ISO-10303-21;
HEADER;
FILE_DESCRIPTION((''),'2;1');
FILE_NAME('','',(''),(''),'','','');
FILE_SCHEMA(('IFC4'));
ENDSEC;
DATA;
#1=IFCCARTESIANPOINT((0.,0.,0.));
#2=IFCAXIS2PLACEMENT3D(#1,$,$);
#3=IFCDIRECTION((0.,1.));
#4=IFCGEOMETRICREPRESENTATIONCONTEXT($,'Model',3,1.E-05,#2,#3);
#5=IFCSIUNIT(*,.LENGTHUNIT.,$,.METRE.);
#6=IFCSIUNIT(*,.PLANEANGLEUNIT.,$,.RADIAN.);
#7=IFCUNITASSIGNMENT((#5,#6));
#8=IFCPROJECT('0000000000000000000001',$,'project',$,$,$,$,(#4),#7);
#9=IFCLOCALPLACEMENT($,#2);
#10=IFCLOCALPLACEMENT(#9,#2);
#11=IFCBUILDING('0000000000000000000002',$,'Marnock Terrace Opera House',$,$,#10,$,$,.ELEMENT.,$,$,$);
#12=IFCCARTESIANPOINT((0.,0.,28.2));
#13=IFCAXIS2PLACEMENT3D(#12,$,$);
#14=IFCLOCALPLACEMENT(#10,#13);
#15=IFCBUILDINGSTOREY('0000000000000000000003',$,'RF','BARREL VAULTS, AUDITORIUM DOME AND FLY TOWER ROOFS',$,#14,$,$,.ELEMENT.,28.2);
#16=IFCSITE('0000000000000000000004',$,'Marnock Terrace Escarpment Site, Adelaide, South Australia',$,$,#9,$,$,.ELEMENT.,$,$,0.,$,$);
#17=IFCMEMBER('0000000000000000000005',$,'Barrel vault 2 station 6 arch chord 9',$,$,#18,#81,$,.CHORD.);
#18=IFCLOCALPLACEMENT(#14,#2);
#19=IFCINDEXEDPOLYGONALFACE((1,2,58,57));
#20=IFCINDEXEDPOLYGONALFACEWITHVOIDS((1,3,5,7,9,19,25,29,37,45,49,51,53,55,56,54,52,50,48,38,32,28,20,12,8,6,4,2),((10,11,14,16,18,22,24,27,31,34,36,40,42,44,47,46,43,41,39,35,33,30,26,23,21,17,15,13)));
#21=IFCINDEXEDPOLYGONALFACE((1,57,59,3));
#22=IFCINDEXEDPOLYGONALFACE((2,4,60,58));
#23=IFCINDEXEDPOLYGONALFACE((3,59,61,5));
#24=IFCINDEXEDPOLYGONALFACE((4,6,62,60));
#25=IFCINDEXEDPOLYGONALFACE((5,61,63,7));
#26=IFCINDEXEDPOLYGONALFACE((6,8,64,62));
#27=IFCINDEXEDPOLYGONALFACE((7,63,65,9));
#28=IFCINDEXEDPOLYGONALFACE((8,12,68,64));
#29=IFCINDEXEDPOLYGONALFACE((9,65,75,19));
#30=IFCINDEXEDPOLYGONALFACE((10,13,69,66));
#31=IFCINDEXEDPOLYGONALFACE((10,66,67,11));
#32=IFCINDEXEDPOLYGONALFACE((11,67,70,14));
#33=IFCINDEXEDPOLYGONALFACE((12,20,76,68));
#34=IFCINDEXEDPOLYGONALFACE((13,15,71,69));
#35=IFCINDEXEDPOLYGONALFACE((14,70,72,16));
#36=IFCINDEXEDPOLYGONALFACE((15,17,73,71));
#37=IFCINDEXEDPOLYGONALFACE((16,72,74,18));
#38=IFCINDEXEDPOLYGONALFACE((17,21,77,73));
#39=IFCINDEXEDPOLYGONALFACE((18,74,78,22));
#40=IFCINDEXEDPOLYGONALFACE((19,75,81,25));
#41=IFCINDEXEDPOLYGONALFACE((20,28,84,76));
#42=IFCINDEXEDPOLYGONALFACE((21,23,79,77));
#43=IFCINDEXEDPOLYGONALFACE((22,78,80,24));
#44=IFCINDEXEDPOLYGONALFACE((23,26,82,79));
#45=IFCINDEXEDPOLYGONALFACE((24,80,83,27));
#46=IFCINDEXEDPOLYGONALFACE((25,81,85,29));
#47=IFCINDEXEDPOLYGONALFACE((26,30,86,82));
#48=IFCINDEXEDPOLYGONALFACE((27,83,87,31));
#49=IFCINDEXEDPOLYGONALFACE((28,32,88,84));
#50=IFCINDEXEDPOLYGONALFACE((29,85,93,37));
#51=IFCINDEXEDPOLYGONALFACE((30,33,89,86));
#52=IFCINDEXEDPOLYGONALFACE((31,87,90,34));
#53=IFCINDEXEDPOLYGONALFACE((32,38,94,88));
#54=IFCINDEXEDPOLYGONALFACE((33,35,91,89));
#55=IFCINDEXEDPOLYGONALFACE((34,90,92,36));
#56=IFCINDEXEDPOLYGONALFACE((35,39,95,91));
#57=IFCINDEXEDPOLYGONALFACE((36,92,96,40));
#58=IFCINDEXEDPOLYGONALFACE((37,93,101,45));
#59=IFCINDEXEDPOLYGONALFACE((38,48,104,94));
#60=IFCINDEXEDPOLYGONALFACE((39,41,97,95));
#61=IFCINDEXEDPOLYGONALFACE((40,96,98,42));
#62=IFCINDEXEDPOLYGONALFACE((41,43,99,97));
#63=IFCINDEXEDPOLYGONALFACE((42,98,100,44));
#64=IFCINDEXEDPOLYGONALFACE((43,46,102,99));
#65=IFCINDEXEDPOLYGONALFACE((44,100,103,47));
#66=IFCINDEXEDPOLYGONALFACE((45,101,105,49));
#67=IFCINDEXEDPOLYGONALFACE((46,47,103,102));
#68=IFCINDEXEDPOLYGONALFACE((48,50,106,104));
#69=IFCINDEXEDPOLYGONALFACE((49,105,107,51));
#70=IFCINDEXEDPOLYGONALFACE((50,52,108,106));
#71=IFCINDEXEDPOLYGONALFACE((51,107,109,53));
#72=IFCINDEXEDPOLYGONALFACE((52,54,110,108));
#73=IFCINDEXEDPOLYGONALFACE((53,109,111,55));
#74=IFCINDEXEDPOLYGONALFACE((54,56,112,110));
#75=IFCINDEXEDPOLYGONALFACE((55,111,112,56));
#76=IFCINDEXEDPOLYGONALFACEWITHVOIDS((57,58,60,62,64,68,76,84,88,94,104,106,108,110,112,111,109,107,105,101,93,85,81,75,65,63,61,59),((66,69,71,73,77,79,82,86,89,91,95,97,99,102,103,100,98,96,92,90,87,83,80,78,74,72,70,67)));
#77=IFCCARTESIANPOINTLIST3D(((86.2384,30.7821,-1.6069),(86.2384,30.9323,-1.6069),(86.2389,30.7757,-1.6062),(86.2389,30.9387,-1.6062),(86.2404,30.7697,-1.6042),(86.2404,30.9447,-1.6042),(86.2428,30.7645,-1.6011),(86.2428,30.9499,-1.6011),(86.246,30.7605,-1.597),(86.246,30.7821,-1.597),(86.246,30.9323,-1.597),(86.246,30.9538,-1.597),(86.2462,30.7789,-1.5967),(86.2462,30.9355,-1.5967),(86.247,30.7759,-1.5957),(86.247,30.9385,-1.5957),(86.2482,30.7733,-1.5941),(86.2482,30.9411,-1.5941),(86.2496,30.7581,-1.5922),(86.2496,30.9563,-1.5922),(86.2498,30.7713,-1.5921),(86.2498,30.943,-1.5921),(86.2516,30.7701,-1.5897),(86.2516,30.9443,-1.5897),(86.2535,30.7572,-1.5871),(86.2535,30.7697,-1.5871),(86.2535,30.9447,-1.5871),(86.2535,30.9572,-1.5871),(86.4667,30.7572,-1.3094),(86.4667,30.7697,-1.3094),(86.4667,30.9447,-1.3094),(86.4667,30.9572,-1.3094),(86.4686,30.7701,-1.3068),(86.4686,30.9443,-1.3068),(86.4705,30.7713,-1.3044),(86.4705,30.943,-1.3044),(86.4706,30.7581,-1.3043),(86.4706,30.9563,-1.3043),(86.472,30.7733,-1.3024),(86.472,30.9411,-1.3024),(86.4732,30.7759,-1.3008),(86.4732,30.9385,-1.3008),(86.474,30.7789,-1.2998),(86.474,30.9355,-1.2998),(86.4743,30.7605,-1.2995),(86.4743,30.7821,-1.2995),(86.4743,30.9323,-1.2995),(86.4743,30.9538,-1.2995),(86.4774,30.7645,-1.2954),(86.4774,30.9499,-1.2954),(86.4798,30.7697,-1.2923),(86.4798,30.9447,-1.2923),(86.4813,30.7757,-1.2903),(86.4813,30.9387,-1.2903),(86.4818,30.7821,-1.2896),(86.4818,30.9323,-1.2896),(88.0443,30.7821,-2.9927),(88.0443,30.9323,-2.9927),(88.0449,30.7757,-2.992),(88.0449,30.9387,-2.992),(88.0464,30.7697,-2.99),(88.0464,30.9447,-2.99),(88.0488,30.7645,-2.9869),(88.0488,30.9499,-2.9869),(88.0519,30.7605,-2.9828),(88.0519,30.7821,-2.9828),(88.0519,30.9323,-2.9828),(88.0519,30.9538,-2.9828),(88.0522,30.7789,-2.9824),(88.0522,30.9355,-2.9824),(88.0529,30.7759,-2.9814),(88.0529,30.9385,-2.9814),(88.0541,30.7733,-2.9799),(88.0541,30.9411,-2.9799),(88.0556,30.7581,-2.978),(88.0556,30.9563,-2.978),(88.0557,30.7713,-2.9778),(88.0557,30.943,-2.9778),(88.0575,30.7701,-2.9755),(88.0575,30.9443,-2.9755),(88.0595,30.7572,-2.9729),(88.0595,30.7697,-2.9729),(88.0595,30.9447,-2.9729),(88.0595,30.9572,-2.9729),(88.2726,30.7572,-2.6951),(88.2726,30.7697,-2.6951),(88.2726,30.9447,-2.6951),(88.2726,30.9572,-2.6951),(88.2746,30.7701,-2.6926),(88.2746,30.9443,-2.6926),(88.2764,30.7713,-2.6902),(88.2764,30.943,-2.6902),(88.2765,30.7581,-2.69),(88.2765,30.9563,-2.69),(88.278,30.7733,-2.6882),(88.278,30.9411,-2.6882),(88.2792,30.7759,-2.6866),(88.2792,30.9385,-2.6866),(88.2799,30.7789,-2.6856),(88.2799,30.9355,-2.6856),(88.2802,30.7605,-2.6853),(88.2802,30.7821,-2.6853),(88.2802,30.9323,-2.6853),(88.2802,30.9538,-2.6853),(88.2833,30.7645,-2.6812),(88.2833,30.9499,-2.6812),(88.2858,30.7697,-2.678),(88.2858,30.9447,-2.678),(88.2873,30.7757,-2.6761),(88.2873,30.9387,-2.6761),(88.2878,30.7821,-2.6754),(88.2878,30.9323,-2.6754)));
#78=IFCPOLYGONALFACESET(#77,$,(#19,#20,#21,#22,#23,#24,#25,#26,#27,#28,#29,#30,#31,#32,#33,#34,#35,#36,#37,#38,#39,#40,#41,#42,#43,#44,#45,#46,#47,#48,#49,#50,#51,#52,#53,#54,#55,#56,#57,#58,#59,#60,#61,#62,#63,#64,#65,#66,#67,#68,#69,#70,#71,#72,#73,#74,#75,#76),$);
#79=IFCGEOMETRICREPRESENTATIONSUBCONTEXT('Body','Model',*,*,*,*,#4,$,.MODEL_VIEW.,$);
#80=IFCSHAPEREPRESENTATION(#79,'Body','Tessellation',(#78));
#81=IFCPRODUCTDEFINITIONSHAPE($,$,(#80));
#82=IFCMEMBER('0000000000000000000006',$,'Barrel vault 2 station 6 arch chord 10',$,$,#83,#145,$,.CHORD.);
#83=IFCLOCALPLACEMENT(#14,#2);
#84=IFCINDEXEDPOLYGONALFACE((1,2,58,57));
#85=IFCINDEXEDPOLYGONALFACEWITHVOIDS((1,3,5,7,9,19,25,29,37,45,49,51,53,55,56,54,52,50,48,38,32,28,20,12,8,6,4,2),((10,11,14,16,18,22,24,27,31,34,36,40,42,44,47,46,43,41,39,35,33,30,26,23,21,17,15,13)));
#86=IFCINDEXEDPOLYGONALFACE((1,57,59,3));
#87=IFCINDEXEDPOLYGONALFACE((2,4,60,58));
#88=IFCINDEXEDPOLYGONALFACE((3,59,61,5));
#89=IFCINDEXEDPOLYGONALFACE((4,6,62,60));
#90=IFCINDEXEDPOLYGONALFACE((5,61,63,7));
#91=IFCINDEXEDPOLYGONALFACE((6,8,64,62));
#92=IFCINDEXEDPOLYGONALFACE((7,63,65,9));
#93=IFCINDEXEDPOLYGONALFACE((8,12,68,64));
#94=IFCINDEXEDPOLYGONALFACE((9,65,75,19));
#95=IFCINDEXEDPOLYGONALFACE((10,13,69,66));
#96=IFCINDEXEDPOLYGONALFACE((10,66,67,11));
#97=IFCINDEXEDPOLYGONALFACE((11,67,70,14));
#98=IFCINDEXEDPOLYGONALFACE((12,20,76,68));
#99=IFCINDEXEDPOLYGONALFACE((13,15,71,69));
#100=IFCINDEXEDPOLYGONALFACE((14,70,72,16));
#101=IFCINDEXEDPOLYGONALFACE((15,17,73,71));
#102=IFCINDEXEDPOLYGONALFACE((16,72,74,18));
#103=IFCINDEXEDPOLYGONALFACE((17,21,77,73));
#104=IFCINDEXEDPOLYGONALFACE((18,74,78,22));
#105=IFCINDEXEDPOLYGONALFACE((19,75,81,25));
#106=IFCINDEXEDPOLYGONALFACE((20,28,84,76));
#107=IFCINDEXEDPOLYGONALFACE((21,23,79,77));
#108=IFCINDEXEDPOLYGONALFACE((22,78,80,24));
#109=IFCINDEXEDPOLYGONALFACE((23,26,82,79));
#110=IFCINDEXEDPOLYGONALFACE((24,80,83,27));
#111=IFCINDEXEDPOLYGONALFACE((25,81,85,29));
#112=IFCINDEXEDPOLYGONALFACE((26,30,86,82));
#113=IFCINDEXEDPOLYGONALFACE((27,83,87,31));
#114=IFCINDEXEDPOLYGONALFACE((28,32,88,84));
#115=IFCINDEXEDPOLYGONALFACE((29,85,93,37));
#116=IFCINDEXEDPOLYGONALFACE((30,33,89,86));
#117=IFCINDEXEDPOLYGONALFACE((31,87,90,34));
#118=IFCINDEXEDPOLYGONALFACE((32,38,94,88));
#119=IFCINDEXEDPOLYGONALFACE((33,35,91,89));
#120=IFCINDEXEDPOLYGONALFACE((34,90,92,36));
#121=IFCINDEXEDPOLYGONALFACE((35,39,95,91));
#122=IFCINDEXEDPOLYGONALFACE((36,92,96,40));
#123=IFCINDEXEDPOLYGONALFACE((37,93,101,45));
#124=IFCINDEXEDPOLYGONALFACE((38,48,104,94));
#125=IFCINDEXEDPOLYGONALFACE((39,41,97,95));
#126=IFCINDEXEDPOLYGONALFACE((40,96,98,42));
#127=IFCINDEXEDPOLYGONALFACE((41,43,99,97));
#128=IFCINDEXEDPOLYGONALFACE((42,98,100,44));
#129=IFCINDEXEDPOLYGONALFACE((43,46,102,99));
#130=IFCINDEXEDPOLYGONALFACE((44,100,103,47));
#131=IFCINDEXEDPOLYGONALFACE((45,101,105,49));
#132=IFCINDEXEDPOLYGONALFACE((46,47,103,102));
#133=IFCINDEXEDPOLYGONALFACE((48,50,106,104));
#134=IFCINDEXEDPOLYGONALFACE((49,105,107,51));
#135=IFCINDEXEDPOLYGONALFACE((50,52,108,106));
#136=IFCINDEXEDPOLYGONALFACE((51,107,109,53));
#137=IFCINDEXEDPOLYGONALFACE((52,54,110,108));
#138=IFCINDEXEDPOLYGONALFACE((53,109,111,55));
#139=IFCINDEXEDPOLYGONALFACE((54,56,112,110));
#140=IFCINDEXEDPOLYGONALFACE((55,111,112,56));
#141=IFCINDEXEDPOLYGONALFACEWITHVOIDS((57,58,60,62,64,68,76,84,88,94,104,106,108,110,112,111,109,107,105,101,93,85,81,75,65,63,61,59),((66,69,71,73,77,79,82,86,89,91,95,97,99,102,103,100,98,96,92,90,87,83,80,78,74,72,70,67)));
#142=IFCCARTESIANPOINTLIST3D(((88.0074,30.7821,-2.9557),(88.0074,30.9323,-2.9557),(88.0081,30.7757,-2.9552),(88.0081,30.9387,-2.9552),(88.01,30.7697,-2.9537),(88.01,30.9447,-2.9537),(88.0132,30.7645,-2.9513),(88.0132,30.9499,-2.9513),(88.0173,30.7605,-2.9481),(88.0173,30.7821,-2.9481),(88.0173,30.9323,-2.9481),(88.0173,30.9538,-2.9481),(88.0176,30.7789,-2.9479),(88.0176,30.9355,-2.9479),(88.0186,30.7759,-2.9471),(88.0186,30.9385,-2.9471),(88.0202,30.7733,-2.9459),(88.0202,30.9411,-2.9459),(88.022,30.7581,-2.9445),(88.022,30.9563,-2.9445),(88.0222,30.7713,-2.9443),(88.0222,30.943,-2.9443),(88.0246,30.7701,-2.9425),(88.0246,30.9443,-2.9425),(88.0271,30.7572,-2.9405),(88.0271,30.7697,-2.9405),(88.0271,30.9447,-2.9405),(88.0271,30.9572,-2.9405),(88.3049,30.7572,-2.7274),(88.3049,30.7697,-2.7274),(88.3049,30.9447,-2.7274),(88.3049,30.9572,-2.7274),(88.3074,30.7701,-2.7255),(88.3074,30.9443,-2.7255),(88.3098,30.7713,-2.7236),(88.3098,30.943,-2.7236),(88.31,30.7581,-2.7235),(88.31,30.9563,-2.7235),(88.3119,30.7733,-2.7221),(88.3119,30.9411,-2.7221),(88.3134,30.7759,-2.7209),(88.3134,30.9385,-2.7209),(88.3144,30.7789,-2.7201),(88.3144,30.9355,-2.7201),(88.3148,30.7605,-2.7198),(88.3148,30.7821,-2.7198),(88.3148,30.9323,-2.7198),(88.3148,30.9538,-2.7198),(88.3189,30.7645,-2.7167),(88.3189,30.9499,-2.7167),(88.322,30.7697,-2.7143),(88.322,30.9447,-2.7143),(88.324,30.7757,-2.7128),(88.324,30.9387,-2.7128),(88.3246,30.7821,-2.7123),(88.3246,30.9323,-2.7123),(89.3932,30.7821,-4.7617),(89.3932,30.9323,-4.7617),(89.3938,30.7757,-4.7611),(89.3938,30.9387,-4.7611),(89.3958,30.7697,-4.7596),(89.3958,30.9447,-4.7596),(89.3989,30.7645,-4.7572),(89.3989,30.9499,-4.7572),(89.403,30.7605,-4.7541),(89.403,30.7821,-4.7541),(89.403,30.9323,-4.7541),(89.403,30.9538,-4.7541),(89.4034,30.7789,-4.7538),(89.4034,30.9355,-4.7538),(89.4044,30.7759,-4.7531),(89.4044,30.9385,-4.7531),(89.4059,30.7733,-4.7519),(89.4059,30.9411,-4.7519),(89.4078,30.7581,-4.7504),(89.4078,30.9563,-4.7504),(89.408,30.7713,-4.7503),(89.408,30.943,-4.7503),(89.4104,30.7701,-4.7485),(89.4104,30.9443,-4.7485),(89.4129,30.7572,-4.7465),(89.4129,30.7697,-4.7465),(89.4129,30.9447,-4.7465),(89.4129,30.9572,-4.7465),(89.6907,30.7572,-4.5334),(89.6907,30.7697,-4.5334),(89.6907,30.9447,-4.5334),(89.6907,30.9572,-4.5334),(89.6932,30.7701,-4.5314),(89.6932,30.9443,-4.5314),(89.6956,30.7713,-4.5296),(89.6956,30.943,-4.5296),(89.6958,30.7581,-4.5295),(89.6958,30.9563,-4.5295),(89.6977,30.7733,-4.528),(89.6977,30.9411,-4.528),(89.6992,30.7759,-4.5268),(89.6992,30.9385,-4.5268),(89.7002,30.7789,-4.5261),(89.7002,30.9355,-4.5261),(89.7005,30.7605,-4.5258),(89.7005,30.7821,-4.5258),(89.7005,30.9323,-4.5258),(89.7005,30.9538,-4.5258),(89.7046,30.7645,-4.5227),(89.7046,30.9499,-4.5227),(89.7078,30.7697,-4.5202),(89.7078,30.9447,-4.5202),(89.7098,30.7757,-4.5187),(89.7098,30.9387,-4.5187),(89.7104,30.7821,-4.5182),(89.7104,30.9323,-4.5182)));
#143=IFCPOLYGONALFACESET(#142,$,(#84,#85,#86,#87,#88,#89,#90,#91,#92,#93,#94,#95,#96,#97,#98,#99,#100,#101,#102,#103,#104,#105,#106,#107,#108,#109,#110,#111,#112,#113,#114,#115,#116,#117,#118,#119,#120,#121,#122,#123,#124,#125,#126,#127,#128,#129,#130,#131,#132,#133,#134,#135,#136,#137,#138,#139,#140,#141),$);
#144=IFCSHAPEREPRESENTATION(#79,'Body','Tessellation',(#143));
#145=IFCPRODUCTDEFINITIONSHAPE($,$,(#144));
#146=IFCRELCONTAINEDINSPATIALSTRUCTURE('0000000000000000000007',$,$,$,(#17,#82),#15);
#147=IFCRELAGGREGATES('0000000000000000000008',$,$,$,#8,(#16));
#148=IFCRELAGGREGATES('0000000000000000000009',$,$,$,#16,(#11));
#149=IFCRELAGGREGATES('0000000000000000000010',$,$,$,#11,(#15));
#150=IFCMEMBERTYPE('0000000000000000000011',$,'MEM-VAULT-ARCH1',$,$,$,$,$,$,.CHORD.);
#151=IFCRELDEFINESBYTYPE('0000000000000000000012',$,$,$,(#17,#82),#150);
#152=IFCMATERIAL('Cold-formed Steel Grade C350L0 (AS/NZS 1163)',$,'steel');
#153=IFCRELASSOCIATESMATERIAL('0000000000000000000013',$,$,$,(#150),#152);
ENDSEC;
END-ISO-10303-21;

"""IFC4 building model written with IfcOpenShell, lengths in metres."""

from ifc_helpers import new_model, si_unit, direction, frame, origin, origin_2d, place, context, subcontext, project, spatial, hollow_rectangle, extrude, material, material_profile, profile_set, type_object, element, save


model = new_model("IFC4")

# Units and contexts
model_context = context("Model", 3, precision=1e-05, world=origin(), true_north=direction((0.0, 1.0)))
body_context = subcontext(model_context, "Body", "Model", "MODEL_VIEW")
ifc_project = project(units=[si_unit("LENGTHUNIT", "METRE"), si_unit("PLANEANGLEUNIT", "RADIAN")], contexts=[model_context])

# Site, building, storey
site_placement = place(None, origin())
site = spatial("IfcSite", under=ifc_project, at=site_placement, Name="Marnock Terrace Escarpment Site, Adelaide, South Australia", CompositionType="ELEMENT", RefElevation=0.0)
building_placement = place(site_placement, origin())
building = spatial("IfcBuilding", under=site, at=building_placement, Name="Marnock Terrace Opera House", CompositionType="ELEMENT")
storey_placement = place(building_placement, frame((0.0, 0.0, 28.2)))
storey = spatial("IfcBuildingStorey", under=building, at=storey_placement, Name="RF", Description="BARREL VAULTS, AUDITORIUM DOME AND FLY TOWER ROOFS", CompositionType="ELEMENT", Elevation=28.2)

# Members
ifc_material = material(Name="Cold-formed Steel Grade C350L0 (AS/NZS 1163)", Category="steel")
ifc_material_profile_1 = material_profile(ifc_material, hollow_rectangle(XDim=0.2, YDim=0.3999, WallThickness=0.0125, InnerFilletRadius=0.0125, OuterFilletRadius=0.0249, at=origin_2d()))
ifc_profile_set_1 = profile_set([ifc_material_profile_1], Name="Cold-formed Steel Grade C350L0 (AS/NZS 1163)")
member_type_1 = type_object("IfcMemberType", Name="MEM-VAULT-ARCH1", PredefinedType="CHORD", material=ifc_profile_set_1)
for number, where, z_axis, x_axis, name in (
    (1, (86.3601, 30.8572, -1.4482), (0.793349, 0.0, -0.608767), (0.0, 1.0, 0.0), "Barrel vault 2 station 6 arch chord 9"),
    (2, (88.166, 30.8572, -2.834), (0.608767, 0.0, -0.793349), (0.0, 1.0, 0.0), "Barrel vault 2 station 6 arch chord 10"),
):
    element("IfcMember", number, at=place(storey_placement, frame(where, z_axis=z_axis, x_axis=x_axis)), inside=storey, type_object=member_type_1, Name=name, PredefinedType="CHORD", context=body_context, shape_type="SweptSolid", body=[
        extrude(hollow_rectangle(XDim=0.2, YDim=0.3999, WallThickness=0.0125, InnerFilletRadius=0.0125, OuterFilletRadius=0.0249, at=origin_2d()), origin(), (0.0, 0.0, 1.0), 2.2764),
    ])

save(model, "model.ifc")
